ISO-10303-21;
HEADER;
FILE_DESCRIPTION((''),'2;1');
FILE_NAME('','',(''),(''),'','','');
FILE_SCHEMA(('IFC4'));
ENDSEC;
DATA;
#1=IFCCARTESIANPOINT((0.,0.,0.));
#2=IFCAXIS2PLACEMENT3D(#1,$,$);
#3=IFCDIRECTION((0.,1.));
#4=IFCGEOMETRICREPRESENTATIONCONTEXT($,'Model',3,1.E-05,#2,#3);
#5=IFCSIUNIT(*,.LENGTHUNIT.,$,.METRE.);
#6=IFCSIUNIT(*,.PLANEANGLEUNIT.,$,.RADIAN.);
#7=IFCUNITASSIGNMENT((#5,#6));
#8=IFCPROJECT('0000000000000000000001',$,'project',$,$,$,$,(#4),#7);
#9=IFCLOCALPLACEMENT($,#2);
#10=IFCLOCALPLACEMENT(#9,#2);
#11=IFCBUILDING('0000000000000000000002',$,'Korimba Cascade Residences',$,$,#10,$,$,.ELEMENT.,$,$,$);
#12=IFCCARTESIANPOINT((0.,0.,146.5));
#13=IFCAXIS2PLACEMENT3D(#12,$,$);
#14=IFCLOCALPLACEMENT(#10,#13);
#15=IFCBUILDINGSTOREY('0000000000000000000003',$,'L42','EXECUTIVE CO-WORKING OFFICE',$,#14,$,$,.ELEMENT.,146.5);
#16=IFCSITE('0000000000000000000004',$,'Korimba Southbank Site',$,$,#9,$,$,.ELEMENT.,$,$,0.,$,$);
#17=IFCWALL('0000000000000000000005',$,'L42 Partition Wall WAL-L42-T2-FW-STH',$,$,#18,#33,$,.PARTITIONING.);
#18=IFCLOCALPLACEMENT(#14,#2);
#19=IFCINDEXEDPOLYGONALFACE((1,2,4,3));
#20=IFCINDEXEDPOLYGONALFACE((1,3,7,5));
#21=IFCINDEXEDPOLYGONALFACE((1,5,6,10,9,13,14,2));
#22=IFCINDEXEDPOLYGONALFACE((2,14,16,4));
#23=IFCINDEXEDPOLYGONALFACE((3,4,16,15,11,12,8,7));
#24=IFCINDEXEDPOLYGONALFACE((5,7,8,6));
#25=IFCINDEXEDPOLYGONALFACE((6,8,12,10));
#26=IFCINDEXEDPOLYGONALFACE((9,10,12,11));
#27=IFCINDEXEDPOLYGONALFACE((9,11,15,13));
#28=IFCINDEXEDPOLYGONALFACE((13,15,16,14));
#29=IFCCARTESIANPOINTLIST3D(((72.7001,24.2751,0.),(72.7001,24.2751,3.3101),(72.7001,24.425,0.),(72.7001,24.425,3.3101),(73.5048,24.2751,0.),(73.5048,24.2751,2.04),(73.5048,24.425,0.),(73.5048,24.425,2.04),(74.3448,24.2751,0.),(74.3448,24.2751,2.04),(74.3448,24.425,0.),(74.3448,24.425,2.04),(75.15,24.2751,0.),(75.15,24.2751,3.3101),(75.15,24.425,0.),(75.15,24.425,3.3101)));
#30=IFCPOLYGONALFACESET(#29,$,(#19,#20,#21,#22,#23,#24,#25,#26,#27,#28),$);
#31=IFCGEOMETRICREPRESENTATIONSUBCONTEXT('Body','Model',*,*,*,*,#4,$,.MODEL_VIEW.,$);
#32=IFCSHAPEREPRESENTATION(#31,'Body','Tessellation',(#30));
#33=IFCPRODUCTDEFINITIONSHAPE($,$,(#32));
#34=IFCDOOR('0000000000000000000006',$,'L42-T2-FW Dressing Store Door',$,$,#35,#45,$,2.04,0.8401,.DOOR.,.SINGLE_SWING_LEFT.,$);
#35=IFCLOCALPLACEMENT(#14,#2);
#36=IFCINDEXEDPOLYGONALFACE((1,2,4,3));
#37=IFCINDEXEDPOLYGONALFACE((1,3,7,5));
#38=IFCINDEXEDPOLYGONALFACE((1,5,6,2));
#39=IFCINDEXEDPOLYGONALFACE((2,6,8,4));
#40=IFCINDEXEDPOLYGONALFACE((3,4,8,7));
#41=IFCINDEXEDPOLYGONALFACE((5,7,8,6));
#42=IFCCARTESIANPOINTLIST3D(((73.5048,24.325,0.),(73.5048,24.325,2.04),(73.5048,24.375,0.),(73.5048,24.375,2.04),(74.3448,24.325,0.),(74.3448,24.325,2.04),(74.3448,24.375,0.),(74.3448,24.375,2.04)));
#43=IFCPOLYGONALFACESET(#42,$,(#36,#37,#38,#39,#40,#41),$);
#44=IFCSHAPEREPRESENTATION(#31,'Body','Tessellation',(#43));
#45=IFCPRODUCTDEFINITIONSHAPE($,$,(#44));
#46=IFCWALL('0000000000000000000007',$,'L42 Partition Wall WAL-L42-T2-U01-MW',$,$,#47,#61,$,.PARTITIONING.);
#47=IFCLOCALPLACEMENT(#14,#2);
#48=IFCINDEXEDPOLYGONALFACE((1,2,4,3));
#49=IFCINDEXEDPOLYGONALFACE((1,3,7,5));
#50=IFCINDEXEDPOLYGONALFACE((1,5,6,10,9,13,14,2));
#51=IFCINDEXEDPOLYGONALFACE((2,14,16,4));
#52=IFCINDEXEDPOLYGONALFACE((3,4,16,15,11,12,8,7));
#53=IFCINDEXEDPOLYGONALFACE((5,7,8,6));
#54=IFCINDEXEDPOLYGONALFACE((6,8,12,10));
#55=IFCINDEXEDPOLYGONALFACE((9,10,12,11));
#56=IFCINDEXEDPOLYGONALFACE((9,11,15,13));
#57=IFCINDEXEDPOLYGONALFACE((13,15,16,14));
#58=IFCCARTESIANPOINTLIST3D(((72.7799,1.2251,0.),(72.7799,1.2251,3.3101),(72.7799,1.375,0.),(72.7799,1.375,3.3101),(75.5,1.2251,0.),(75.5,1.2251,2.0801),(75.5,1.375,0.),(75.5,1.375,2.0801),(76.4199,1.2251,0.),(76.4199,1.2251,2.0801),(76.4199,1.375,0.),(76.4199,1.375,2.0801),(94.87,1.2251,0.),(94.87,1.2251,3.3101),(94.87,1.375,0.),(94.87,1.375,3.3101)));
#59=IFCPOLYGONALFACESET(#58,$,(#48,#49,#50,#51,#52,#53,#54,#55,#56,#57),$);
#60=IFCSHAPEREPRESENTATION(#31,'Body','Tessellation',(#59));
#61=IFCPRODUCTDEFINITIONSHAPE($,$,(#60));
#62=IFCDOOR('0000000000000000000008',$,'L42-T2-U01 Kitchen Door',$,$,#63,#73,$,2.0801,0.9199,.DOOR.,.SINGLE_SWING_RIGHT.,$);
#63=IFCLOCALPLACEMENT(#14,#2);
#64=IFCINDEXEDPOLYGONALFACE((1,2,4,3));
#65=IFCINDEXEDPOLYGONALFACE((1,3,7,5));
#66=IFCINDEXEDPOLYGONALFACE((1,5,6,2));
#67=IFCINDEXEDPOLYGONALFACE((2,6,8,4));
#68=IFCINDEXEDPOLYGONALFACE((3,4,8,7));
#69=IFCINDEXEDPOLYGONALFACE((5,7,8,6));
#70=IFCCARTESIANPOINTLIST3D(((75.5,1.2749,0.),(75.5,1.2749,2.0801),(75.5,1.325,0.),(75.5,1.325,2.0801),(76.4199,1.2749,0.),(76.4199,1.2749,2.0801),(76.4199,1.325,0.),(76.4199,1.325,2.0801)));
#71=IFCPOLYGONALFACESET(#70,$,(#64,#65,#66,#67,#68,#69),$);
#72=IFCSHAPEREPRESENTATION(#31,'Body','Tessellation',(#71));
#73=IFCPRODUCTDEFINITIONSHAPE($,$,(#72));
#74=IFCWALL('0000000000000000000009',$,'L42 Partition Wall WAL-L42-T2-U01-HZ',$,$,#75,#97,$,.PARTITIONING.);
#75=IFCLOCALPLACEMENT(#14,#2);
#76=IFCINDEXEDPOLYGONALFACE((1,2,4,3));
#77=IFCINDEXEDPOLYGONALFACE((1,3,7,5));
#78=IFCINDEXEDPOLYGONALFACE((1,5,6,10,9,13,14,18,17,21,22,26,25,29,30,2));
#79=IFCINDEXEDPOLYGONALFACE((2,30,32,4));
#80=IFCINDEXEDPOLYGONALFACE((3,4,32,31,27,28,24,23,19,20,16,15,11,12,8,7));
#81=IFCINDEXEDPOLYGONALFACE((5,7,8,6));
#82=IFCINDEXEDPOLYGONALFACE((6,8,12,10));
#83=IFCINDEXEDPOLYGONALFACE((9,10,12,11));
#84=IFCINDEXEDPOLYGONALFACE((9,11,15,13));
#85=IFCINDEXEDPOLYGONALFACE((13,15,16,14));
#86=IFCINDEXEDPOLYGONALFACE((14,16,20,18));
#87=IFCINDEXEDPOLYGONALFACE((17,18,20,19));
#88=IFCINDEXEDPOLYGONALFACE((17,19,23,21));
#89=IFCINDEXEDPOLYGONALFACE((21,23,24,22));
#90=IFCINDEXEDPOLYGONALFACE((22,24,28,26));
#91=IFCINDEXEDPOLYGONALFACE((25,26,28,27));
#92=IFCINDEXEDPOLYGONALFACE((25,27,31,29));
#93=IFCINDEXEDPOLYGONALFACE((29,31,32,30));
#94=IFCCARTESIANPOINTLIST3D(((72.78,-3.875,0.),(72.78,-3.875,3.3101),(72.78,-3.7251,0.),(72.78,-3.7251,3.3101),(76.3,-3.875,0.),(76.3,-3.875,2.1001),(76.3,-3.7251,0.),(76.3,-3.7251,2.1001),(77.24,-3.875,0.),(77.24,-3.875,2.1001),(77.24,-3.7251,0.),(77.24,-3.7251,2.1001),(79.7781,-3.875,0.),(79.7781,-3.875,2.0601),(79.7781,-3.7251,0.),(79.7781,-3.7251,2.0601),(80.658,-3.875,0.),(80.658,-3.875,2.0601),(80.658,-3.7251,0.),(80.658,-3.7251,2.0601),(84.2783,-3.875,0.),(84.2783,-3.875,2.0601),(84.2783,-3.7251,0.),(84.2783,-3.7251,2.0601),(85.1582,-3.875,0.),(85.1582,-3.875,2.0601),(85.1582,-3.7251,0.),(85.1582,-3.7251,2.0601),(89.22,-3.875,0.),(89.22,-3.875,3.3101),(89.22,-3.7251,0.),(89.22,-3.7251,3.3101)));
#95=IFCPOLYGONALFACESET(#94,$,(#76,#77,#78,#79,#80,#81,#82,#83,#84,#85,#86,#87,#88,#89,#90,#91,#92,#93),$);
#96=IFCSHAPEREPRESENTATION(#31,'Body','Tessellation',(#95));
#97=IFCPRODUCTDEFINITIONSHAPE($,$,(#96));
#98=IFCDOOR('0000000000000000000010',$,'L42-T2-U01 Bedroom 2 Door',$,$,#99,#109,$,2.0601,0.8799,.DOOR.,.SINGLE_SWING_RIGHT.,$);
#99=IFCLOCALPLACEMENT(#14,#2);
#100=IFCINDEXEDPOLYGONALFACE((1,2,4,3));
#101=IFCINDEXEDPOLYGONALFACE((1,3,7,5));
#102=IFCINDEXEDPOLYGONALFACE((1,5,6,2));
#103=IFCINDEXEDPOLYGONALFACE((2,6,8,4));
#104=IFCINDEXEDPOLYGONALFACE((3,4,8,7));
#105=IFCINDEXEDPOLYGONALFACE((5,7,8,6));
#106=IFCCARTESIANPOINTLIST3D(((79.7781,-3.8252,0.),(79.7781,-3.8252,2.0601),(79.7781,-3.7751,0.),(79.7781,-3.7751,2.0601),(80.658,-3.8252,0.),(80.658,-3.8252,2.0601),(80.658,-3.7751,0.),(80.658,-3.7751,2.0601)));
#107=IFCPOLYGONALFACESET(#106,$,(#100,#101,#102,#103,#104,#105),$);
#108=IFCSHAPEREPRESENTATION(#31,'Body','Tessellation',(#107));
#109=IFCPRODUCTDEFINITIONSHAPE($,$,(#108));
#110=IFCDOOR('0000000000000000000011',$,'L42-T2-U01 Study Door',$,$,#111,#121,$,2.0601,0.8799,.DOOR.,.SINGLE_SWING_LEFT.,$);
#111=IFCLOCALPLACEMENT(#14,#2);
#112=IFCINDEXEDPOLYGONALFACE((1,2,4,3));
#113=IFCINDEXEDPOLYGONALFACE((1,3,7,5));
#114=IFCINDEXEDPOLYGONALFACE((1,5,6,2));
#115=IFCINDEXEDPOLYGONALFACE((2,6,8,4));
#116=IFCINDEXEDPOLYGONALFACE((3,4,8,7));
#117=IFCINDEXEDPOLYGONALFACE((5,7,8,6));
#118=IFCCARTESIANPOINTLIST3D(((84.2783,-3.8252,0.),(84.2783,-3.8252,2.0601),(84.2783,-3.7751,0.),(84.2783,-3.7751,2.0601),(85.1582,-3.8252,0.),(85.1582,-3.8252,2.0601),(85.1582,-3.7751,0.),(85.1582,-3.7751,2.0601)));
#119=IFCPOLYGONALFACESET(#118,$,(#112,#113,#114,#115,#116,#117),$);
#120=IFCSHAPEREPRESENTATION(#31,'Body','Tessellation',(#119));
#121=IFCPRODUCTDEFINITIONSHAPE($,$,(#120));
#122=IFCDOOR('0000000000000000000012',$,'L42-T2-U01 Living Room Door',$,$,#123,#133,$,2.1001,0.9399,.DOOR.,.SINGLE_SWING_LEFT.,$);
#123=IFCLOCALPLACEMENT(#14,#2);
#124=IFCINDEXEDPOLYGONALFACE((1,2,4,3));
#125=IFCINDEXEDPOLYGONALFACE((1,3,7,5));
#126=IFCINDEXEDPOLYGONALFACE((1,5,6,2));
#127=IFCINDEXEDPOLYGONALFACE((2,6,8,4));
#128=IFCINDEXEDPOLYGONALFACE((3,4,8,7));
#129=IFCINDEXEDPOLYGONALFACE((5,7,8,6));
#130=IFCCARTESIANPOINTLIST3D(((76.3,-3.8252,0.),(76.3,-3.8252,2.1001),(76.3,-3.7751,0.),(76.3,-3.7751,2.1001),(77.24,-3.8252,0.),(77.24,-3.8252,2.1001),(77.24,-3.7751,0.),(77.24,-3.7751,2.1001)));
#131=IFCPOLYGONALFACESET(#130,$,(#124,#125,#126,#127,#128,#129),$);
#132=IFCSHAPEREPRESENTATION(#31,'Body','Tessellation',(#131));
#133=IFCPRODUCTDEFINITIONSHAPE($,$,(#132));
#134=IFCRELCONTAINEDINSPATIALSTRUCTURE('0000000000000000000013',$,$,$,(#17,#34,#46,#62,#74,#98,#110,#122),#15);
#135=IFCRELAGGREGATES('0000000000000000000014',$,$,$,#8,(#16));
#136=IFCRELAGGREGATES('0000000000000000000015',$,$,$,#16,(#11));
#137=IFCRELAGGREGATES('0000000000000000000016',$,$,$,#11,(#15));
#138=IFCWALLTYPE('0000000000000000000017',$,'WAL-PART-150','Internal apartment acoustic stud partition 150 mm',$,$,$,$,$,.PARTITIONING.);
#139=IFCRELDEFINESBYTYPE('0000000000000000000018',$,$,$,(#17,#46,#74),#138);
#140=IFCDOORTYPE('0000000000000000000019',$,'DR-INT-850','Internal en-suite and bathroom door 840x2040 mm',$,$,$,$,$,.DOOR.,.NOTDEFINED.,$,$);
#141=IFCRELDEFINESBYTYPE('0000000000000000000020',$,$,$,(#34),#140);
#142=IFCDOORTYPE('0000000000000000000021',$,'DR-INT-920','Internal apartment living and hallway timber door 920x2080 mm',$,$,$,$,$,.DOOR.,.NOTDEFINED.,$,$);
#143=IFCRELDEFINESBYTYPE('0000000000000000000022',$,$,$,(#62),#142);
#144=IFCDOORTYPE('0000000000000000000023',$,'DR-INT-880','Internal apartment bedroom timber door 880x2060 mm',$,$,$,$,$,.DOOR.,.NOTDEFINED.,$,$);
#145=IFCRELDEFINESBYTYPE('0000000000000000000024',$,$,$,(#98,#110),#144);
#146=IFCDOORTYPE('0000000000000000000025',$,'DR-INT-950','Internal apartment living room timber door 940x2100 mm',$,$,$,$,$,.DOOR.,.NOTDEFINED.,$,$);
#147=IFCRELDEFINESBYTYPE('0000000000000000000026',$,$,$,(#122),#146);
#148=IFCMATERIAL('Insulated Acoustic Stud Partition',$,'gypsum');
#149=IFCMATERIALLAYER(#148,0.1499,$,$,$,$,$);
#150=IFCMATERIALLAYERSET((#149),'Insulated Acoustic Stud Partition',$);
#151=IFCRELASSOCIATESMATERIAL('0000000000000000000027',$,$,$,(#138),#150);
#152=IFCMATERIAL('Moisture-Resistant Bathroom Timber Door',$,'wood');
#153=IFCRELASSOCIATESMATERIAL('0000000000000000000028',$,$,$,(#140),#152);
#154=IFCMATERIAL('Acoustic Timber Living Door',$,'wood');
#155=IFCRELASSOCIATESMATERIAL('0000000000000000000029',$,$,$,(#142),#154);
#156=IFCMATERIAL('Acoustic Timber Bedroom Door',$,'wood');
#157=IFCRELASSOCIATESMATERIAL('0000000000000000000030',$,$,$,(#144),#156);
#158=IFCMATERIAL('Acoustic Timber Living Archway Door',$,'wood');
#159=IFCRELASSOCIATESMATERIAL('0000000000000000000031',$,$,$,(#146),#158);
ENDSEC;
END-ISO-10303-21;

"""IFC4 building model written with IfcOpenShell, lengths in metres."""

from ifc_helpers import new_model, si_unit, direction, frame, frame_2d, origin, place, context, subcontext, project, spatial, rectangle, extrude, material, layer, layer_set, type_object, element, fill, save


model = new_model("IFC4")

# Units and contexts
model_context = context("Model", 3, precision=1e-05, world=origin(), true_north=direction((0.0, 1.0)))
body_context = subcontext(model_context, "Body", "Model", "MODEL_VIEW")
ifc_project = project(units=[si_unit("LENGTHUNIT", "METRE"), si_unit("PLANEANGLEUNIT", "RADIAN")], contexts=[model_context])

# Site, building, storey
site_placement = place(None, origin())
site = spatial("IfcSite", under=ifc_project, at=site_placement, Name="Korimba Southbank Site", CompositionType="ELEMENT", RefElevation=0.0)
building_placement = place(site_placement, origin())
building = spatial("IfcBuilding", under=site, at=building_placement, Name="Korimba Cascade Residences", CompositionType="ELEMENT")
storey_placement = place(building_placement, frame((0.0, 0.0, 146.5)))
storey = spatial("IfcBuildingStorey", under=building, at=storey_placement, Name="L42", Description="EXECUTIVE CO-WORKING OFFICE", CompositionType="ELEMENT", Elevation=146.5)

# Walls, openings, doors
ifc_material_1 = material(Name="Insulated Acoustic Stud Partition", Category="gypsum")
ifc_layer_1 = layer(ifc_material_1, 0.1499)
ifc_layer_set_1 = layer_set([ifc_layer_1], Name="Insulated Acoustic Stud Partition")
wall_type_1 = type_object("IfcWallType", Name="WAL-PART-150", Description="Internal apartment acoustic stud partition 150 mm", PredefinedType="PARTITIONING", material=ifc_layer_set_1)
wall_1_placement = place(storey_placement, frame((72.7, 24.3501, 0.0), z_axis=(0.0, 0.0, 1.0), x_axis=(1.0, 0.0, 0.0)))
wall_1 = element("IfcWall", 1, at=wall_1_placement, inside=storey, type_object=wall_type_1, Name="L42 Partition Wall WAL-L42-T2-FW-STH", PredefinedType="PARTITIONING", context=body_context, shape_type="SweptSolid", body=[
    extrude(rectangle(XDim=2.45, YDim=0.1499, at=frame_2d((1.2251, 0.0))), origin(), (0.0, 0.0, 1.0), 3.3101),
])
opening_1_placement = place(wall_1_placement, frame((0.8049, 0.0, 0.0)))
opening_1 = element("IfcOpeningElement", 2, at=opening_1_placement, cuts=wall_1, PredefinedType="OPENING", context=body_context, shape_type="SweptSolid", body=[
    extrude(rectangle(XDim=0.8401, YDim=2.04, at=frame_2d((0.4199, 1.02))), frame((0.0, 0.085, 0.0), z_axis=(0.0, -1.0, 0.0), x_axis=(1.0, 0.0, 0.0)), (0.0, 0.0, 1.0), 0.1699),
])
ifc_material_2 = material(Name="Moisture-Resistant Bathroom Timber Door", Category="wood")
door_type_1 = type_object("IfcDoorType", Name="DR-INT-850", Description="Internal en-suite and bathroom door 840x2040 mm", OperationType="NOTDEFINED", PredefinedType="DOOR", material=ifc_material_2)
door_1_placement = place(opening_1_placement, origin())
door_1 = element("IfcDoor", 3, at=door_1_placement, inside=storey, type_object=door_type_1, Name="L42-T2-FW Dressing Store Door", OperationType="SINGLE_SWING_LEFT", OverallHeight=2.04, OverallWidth=0.8401, PredefinedType="DOOR", context=body_context, shape_type="SweptSolid", body=[
    extrude(rectangle(XDim=0.8401, YDim=2.04, at=frame_2d((0.4199, 1.02))), frame((0.0, 0.0249, 0.0), z_axis=(0.0, -1.0, 0.0), x_axis=(1.0, 0.0, 0.0)), (0.0, 0.0, 1.0), 0.05),
])
fill(opening_1, door_1)
wall_2_placement = place(storey_placement, frame((72.78, 1.3, 0.0), z_axis=(0.0, 0.0, 1.0), x_axis=(1.0, 0.0, 0.0)))
wall_2 = element("IfcWall", 4, at=wall_2_placement, inside=storey, type_object=wall_type_1, Name="L42 Partition Wall WAL-L42-T2-U01-MW", PredefinedType="PARTITIONING", context=body_context, shape_type="SweptSolid", body=[
    extrude(rectangle(XDim=22.0901, YDim=0.1499, at=frame_2d((11.0449, 0.0))), origin(), (0.0, 0.0, 1.0), 3.3101),
])
opening_2_placement = place(wall_2_placement, frame((2.72, 0.0, 0.0)))
opening_2 = element("IfcOpeningElement", 5, at=opening_2_placement, cuts=wall_2, PredefinedType="OPENING", context=body_context, shape_type="SweptSolid", body=[
    extrude(rectangle(XDim=0.9199, YDim=2.0801, at=frame_2d((0.46, 1.04))), frame((0.0, 0.085, 0.0), z_axis=(0.0, -1.0, 0.0), x_axis=(1.0, 0.0, 0.0)), (0.0, 0.0, 1.0), 0.1699),
])
ifc_material_3 = material(Name="Acoustic Timber Living Door", Category="wood")
door_type_2 = type_object("IfcDoorType", Name="DR-INT-920", Description="Internal apartment living and hallway timber door 920x2080 mm", OperationType="NOTDEFINED", PredefinedType="DOOR", material=ifc_material_3)
door_2_placement = place(opening_2_placement, origin())
door_2 = element("IfcDoor", 6, at=door_2_placement, inside=storey, type_object=door_type_2, Name="L42-T2-U01 Kitchen Door", OperationType="SINGLE_SWING_RIGHT", OverallHeight=2.0801, OverallWidth=0.9199, PredefinedType="DOOR", context=body_context, shape_type="SweptSolid", body=[
    extrude(rectangle(XDim=0.9199, YDim=2.0801, at=frame_2d((0.46, 1.04))), frame((0.0, 0.0249, 0.0), z_axis=(0.0, -1.0, 0.0), x_axis=(1.0, 0.0, 0.0)), (0.0, 0.0, 1.0), 0.05),
])
fill(opening_2, door_2)

# Wall, openings, doors
wall_3_placement = place(storey_placement, frame((72.78, -3.8, 0.0), z_axis=(0.0, 0.0, 1.0), x_axis=(1.0, 0.0, 0.0)))
wall_3 = element("IfcWall", 7, at=wall_3_placement, inside=storey, type_object=wall_type_1, Name="L42 Partition Wall WAL-L42-T2-U01-HZ", PredefinedType="PARTITIONING", context=body_context, shape_type="SweptSolid", body=[
    extrude(rectangle(XDim=16.4399, YDim=0.1499, at=frame_2d((8.22, 0.0))), origin(), (0.0, 0.0, 1.0), 3.3101),
])
opening_3_placement = place(wall_3_placement, frame((3.52, 0.0, 0.0)))
opening_3 = element("IfcOpeningElement", 8, at=opening_3_placement, cuts=wall_3, PredefinedType="OPENING", context=body_context, shape_type="SweptSolid", body=[
    extrude(rectangle(XDim=0.9399, YDim=2.1001, at=frame_2d((0.47, 1.05))), frame((0.0, 0.085, 0.0), z_axis=(0.0, -1.0, 0.0), x_axis=(1.0, 0.0, 0.0)), (0.0, 0.0, 1.0), 0.1699),
])
opening_4_placement = place(wall_3_placement, frame((6.998, 0.0, 0.0)))
opening_4 = element("IfcOpeningElement", 9, at=opening_4_placement, cuts=wall_3, PredefinedType="OPENING", context=body_context, shape_type="SweptSolid", body=[
    extrude(rectangle(XDim=0.8799, YDim=2.0601, at=frame_2d((0.4399, 1.03))), frame((0.0, 0.085, 0.0), z_axis=(0.0, -1.0, 0.0), x_axis=(1.0, 0.0, 0.0)), (0.0, 0.0, 1.0), 0.1699),
])
opening_5_placement = place(wall_3_placement, frame((11.4983, 0.0, 0.0)))
opening_5 = element("IfcOpeningElement", 10, at=opening_5_placement, cuts=wall_3, PredefinedType="OPENING", context=body_context, shape_type="SweptSolid", body=[
    extrude(rectangle(XDim=0.8799, YDim=2.0601, at=frame_2d((0.4399, 1.03))), frame((0.0, 0.085, 0.0), z_axis=(0.0, -1.0, 0.0), x_axis=(1.0, 0.0, 0.0)), (0.0, 0.0, 1.0), 0.1699),
])
ifc_material_4 = material(Name="Acoustic Timber Bedroom Door", Category="wood")
door_type_3 = type_object("IfcDoorType", Name="DR-INT-880", Description="Internal apartment bedroom timber door 880x2060 mm", OperationType="NOTDEFINED", PredefinedType="DOOR", material=ifc_material_4)
door_3_placement = place(opening_4_placement, origin())
door_3 = element("IfcDoor", 11, at=door_3_placement, inside=storey, type_object=door_type_3, Name="L42-T2-U01 Bedroom 2 Door", OperationType="SINGLE_SWING_RIGHT", OverallHeight=2.0601, OverallWidth=0.8799, PredefinedType="DOOR", context=body_context, shape_type="SweptSolid", body=[
    extrude(rectangle(XDim=0.8799, YDim=2.0601, at=frame_2d((0.4399, 1.03))), frame((0.0, 0.0249, 0.0), z_axis=(0.0, -1.0, 0.0), x_axis=(1.0, 0.0, 0.0)), (0.0, 0.0, 1.0), 0.05),
])
fill(opening_4, door_3)
door_4_placement = place(opening_5_placement, origin())
door_4 = element("IfcDoor", 12, at=door_4_placement, inside=storey, type_object=door_type_3, Name="L42-T2-U01 Study Door", OperationType="SINGLE_SWING_LEFT", OverallHeight=2.0601, OverallWidth=0.8799, PredefinedType="DOOR", context=body_context, shape_type="SweptSolid", body=[
    extrude(rectangle(XDim=0.8799, YDim=2.0601, at=frame_2d((0.4399, 1.03))), frame((0.0, 0.0249, 0.0), z_axis=(0.0, -1.0, 0.0), x_axis=(1.0, 0.0, 0.0)), (0.0, 0.0, 1.0), 0.05),
])
fill(opening_5, door_4)
ifc_material_5 = material(Name="Acoustic Timber Living Archway Door", Category="wood")
door_type_4 = type_object("IfcDoorType", Name="DR-INT-950", Description="Internal apartment living room timber door 940x2100 mm", OperationType="NOTDEFINED", PredefinedType="DOOR", material=ifc_material_5)
door_5_placement = place(opening_3_placement, origin())
door_5 = element("IfcDoor", 13, at=door_5_placement, inside=storey, type_object=door_type_4, Name="L42-T2-U01 Living Room Door", OperationType="SINGLE_SWING_LEFT", OverallHeight=2.1001, OverallWidth=0.9399, PredefinedType="DOOR", context=body_context, shape_type="SweptSolid", body=[
    extrude(rectangle(XDim=0.9399, YDim=2.1001, at=frame_2d((0.47, 1.05))), frame((0.0, 0.0249, 0.0), z_axis=(0.0, -1.0, 0.0), x_axis=(1.0, 0.0, 0.0)), (0.0, 0.0, 1.0), 0.05),
])
fill(opening_3, door_5)

save(model, "model.ifc")
